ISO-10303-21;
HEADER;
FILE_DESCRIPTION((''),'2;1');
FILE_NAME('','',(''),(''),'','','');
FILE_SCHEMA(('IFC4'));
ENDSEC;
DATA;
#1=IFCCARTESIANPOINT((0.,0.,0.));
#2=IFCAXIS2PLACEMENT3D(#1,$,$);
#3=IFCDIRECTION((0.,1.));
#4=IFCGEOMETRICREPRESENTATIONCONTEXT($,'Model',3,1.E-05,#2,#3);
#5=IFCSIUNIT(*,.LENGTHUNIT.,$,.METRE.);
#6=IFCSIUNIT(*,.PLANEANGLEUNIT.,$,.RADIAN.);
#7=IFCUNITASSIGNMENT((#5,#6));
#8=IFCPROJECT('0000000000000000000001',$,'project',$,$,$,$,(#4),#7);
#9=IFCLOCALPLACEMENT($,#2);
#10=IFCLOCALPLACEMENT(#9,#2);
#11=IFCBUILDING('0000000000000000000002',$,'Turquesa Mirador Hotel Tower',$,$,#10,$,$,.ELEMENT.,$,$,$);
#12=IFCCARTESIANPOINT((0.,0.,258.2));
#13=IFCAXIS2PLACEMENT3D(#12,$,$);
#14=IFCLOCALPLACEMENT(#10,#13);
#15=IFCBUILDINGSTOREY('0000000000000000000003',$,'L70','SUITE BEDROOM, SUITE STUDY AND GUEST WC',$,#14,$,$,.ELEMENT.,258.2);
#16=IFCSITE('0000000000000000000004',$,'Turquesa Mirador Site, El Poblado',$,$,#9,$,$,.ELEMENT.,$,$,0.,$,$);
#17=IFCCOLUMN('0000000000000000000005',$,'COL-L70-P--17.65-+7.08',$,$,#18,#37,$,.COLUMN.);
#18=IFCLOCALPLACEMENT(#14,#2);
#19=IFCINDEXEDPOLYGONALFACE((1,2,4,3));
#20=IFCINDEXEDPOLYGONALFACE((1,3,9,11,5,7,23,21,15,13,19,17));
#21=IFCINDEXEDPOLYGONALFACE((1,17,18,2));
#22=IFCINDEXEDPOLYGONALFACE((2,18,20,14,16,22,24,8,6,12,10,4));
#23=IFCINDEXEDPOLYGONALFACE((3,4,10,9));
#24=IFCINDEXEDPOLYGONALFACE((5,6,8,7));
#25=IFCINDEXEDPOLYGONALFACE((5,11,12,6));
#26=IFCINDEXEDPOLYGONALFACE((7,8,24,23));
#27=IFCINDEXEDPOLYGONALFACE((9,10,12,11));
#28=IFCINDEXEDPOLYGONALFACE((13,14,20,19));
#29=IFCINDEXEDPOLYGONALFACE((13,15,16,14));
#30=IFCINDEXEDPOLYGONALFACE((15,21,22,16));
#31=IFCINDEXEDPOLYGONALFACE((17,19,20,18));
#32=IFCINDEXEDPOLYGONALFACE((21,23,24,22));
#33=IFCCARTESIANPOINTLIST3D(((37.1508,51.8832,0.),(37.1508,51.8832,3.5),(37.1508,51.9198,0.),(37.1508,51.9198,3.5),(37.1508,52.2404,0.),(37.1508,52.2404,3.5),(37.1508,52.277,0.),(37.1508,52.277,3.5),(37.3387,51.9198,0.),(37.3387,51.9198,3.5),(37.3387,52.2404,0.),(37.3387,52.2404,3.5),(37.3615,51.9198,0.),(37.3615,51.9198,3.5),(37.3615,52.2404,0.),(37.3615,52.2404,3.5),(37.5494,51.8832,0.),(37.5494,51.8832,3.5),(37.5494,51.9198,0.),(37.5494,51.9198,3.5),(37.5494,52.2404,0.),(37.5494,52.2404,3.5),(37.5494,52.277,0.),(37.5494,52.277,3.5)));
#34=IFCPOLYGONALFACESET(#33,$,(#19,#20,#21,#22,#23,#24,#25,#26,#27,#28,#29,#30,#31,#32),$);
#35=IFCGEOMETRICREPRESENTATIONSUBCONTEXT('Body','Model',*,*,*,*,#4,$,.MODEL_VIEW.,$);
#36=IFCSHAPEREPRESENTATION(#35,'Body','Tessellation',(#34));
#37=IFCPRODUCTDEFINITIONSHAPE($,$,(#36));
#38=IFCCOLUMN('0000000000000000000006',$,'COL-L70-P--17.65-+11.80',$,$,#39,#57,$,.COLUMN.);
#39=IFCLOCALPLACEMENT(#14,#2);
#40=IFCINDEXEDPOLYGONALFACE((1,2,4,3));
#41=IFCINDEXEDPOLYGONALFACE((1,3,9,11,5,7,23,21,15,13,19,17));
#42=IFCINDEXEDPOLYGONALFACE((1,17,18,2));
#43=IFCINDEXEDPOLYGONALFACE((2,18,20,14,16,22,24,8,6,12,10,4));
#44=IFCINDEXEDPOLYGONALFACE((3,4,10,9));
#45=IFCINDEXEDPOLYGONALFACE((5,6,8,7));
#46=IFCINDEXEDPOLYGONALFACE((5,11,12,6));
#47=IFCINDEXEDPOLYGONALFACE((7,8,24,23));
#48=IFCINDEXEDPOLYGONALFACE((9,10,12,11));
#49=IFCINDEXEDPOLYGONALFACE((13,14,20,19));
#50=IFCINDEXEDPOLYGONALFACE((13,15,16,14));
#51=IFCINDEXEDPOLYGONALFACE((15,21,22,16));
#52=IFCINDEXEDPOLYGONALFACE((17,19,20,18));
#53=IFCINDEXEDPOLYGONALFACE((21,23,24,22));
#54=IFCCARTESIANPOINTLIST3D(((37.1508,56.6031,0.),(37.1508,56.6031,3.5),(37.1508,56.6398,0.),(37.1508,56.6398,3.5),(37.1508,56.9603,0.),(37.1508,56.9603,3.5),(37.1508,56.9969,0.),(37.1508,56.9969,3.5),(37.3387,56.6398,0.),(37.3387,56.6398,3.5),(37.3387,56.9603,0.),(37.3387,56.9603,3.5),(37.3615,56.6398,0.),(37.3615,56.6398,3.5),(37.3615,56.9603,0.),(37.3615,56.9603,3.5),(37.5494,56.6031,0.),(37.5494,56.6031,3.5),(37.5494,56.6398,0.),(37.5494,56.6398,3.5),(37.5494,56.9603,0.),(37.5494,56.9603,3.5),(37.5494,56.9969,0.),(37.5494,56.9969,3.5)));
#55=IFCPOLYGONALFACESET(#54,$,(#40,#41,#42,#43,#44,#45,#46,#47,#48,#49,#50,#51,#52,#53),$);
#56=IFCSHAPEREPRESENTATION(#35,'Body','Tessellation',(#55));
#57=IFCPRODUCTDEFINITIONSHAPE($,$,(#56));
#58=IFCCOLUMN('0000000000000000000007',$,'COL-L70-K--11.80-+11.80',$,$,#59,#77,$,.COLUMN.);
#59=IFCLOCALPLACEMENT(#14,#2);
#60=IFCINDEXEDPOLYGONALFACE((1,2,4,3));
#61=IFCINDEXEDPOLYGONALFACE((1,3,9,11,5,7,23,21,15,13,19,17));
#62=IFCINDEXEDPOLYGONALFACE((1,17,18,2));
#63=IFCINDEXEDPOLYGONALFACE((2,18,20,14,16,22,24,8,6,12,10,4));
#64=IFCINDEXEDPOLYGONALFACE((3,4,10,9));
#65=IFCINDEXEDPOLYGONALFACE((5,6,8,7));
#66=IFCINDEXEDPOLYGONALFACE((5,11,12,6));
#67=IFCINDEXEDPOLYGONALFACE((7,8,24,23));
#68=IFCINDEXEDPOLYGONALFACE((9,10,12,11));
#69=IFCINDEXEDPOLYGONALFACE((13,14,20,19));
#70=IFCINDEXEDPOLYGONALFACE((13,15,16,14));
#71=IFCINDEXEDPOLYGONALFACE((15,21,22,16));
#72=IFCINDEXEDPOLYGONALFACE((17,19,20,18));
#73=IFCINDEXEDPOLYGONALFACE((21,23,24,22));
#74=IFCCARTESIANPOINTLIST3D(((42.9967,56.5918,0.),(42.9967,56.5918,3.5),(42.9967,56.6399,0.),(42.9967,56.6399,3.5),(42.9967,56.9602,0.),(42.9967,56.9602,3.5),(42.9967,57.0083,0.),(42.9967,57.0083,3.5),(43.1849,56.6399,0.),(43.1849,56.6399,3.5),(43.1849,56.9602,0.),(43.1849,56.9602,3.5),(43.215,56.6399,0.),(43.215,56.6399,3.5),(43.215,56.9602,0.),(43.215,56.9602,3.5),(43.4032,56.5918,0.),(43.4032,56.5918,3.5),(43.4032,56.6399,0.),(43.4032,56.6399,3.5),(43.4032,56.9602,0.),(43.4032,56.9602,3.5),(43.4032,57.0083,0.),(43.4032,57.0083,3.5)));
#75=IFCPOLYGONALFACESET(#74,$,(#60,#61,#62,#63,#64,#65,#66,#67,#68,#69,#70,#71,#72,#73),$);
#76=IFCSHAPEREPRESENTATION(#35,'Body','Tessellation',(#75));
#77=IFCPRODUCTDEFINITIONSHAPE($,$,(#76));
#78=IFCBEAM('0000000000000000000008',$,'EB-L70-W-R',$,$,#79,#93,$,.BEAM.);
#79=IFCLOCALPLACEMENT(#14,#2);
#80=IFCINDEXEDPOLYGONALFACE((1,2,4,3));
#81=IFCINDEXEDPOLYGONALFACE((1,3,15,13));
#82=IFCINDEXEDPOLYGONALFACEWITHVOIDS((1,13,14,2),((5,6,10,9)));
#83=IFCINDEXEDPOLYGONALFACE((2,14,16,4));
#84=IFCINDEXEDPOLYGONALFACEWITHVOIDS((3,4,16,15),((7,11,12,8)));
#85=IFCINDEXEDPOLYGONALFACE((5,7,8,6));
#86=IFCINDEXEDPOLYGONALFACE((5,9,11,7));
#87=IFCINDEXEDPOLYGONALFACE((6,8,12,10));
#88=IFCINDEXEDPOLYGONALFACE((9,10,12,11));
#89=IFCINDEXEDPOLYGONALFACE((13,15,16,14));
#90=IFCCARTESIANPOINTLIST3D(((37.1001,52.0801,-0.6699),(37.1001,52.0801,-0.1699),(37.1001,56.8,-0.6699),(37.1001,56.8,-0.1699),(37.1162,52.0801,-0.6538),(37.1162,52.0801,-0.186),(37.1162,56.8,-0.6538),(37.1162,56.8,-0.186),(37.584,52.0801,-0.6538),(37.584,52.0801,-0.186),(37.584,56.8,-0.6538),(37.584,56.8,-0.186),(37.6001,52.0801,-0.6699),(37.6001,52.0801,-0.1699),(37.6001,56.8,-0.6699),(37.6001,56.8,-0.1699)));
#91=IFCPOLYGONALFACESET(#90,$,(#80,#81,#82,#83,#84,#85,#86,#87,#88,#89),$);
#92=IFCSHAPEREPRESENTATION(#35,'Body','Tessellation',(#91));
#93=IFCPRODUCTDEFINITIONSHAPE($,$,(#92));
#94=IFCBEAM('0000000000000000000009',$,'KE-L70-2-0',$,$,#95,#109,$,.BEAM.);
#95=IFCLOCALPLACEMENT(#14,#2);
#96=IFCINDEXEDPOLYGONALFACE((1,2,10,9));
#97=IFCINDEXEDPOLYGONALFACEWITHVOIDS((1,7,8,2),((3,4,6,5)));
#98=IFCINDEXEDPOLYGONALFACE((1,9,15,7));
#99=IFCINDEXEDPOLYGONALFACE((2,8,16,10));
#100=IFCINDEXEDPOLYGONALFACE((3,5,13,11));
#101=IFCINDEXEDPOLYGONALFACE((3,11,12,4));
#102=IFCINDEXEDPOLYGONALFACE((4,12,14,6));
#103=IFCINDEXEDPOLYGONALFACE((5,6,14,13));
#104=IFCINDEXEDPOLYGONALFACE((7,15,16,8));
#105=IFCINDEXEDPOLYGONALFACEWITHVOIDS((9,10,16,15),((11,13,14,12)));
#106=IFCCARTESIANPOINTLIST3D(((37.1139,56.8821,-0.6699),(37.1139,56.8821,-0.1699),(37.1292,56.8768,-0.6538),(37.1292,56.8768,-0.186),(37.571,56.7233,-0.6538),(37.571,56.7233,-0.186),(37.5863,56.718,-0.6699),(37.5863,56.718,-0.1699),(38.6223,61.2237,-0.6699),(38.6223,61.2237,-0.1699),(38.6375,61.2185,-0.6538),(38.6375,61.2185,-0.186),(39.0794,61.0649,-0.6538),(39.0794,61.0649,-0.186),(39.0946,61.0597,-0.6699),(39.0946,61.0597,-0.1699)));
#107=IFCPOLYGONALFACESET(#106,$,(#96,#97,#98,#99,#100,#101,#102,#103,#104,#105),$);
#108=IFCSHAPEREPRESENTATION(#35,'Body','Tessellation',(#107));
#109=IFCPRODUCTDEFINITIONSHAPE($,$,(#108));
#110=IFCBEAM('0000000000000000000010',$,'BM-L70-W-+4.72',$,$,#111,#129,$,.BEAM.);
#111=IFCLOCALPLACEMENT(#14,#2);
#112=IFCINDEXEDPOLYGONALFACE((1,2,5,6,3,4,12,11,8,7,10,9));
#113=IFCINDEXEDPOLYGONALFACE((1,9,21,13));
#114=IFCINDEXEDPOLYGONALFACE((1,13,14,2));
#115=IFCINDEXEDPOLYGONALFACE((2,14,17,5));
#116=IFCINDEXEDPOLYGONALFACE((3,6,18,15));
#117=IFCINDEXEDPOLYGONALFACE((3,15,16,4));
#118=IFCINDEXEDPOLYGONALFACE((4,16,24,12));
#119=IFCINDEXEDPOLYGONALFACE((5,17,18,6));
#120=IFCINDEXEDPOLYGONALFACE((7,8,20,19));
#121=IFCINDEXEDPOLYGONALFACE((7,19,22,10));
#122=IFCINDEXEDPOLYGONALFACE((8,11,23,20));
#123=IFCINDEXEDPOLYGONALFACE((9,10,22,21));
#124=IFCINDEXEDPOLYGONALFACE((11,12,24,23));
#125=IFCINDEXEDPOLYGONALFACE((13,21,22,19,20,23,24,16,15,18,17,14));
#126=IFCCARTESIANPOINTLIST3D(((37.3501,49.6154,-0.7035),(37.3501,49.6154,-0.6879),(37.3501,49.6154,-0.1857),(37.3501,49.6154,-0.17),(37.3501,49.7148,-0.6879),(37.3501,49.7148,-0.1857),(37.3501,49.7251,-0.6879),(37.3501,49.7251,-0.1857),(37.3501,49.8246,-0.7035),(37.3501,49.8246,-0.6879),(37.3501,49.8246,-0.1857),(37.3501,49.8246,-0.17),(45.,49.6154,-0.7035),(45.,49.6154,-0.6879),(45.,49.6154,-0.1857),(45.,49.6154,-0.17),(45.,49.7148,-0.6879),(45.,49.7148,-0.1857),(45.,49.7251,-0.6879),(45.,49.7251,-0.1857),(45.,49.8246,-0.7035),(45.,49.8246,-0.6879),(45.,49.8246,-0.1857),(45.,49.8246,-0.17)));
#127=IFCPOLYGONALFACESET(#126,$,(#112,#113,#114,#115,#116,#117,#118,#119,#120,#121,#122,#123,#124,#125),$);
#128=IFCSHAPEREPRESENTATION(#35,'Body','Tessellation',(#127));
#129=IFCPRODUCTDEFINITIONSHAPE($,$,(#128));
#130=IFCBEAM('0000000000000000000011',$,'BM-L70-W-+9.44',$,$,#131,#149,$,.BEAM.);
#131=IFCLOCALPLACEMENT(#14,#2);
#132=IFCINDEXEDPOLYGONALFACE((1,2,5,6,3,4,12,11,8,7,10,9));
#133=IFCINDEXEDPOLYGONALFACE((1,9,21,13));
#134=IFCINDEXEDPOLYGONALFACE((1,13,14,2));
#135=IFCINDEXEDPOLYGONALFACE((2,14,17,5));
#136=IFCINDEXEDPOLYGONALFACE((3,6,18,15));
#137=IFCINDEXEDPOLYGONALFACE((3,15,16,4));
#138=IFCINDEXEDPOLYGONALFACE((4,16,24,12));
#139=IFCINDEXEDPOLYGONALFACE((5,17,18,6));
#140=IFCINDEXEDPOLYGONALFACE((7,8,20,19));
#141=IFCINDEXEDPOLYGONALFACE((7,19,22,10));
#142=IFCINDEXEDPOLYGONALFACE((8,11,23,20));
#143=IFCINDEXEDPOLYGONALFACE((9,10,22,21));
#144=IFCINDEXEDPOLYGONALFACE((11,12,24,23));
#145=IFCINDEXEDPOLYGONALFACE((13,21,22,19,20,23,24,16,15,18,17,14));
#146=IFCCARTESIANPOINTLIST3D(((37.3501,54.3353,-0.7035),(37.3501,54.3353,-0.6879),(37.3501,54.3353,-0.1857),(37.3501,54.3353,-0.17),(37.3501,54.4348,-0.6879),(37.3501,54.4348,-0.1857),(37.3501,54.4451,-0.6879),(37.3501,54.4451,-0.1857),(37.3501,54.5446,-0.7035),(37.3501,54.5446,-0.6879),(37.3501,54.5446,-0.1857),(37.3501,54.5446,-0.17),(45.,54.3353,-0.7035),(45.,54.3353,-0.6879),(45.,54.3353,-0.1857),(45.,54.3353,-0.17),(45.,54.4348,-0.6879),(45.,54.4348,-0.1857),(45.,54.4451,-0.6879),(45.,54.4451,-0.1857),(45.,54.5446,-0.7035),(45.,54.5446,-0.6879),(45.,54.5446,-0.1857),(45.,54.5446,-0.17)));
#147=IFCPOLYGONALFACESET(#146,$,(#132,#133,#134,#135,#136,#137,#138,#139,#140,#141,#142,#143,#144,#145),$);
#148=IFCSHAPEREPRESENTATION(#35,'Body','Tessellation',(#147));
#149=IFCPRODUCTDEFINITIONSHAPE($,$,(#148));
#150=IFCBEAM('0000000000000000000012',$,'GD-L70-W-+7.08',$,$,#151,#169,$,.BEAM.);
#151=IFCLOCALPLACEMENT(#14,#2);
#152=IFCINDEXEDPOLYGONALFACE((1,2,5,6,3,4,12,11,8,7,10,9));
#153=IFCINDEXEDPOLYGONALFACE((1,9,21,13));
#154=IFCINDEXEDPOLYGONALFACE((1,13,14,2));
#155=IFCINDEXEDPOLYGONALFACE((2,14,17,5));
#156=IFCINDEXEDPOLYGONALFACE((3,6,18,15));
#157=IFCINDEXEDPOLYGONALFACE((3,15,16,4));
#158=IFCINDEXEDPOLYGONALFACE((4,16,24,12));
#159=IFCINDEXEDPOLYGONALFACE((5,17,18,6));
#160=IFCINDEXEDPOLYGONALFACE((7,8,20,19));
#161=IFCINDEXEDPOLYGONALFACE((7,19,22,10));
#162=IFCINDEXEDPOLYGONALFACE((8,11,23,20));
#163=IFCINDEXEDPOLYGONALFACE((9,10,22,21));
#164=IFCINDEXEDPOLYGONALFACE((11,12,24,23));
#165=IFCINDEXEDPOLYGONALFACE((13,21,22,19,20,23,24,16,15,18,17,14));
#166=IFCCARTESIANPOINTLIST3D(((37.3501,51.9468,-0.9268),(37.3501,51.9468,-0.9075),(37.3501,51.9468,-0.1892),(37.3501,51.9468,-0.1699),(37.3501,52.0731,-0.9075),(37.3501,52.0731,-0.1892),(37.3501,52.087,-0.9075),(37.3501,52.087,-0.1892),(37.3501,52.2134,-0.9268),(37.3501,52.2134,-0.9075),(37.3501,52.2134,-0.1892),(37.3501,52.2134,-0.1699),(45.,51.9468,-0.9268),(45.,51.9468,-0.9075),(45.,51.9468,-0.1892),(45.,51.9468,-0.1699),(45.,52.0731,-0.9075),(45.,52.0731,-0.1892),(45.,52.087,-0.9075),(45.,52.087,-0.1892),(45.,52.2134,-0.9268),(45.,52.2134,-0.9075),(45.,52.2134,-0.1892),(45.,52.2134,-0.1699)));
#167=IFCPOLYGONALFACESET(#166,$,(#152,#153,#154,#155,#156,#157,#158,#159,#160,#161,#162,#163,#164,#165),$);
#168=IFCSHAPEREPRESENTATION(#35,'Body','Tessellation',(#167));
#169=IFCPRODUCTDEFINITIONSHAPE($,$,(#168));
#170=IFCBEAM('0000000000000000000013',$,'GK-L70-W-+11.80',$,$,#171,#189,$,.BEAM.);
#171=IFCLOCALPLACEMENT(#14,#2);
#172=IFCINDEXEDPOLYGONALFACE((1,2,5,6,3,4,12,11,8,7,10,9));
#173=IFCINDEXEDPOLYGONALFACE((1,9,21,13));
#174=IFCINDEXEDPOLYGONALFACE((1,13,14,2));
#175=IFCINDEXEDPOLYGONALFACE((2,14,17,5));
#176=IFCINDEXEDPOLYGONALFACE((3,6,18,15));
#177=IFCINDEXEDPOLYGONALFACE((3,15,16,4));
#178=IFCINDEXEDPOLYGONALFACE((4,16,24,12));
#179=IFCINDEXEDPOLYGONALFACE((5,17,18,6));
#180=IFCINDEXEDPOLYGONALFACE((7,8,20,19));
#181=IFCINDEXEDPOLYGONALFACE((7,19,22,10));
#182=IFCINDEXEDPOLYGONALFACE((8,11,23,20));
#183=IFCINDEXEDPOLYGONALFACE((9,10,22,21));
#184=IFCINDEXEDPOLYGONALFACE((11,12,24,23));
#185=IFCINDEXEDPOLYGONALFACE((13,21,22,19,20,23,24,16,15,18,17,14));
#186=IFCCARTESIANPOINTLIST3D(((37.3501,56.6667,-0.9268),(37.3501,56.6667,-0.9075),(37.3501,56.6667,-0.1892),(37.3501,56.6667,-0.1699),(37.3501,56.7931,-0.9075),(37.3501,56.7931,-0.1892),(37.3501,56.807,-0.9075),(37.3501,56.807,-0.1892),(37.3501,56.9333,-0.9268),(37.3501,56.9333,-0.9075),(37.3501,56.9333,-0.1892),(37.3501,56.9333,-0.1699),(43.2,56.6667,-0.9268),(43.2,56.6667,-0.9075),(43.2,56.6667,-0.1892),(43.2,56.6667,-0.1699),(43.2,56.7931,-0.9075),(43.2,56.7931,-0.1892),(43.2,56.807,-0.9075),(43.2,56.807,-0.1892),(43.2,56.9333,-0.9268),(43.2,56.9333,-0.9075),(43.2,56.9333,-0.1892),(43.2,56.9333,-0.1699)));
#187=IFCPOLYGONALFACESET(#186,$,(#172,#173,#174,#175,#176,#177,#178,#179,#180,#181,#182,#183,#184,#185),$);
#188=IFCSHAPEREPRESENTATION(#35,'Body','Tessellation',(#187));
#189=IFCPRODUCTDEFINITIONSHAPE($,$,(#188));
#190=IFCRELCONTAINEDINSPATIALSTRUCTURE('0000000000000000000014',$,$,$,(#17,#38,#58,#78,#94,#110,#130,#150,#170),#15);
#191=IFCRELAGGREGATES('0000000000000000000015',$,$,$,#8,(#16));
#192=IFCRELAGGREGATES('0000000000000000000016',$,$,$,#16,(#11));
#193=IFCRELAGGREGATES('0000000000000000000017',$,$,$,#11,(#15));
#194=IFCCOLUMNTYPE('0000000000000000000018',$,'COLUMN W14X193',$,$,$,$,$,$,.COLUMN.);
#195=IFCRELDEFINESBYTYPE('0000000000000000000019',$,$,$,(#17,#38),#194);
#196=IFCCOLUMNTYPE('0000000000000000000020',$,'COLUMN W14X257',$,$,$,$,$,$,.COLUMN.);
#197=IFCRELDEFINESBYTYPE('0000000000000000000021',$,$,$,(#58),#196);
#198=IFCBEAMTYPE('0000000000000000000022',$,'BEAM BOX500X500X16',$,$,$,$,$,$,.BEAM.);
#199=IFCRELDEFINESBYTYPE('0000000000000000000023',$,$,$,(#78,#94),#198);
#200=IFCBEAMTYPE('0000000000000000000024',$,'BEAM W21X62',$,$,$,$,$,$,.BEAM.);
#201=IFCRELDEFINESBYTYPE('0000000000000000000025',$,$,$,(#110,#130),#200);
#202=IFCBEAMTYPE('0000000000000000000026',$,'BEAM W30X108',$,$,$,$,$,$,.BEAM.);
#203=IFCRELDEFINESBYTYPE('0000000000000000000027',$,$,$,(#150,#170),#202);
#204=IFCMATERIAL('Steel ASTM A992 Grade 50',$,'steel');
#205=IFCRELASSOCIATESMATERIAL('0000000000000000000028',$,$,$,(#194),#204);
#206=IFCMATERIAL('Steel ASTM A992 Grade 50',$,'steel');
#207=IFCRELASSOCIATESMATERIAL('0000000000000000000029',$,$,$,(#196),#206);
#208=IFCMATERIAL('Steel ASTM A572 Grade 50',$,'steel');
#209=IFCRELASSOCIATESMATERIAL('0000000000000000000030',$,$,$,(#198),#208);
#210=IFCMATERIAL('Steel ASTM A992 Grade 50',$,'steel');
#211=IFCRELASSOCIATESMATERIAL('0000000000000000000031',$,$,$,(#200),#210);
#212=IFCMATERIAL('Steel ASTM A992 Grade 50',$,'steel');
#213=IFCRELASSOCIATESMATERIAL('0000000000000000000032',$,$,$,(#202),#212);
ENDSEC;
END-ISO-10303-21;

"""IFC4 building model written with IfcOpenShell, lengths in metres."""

from ifc_helpers import new_model, si_unit, direction, frame, origin, origin_2d, place, context, subcontext, project, spatial, hollow_rectangle, i_section, extrude, material, material_profile, profile_set, type_object, element, save


model = new_model("IFC4")

# Units and contexts
model_context = context("Model", 3, precision=1e-05, world=origin(), true_north=direction((0.0, 1.0)))
body_context = subcontext(model_context, "Body", "Model", "MODEL_VIEW")
ifc_project = project(units=[si_unit("LENGTHUNIT", "METRE"), si_unit("PLANEANGLEUNIT", "RADIAN")], contexts=[model_context])

# Site, building, storey
site_placement = place(None, origin())
site = spatial("IfcSite", under=ifc_project, at=site_placement, Name="Turquesa Mirador Site, El Poblado", CompositionType="ELEMENT", RefElevation=0.0)
building_placement = place(site_placement, origin())
building = spatial("IfcBuilding", under=site, at=building_placement, Name="Turquesa Mirador Hotel Tower", CompositionType="ELEMENT")
storey_placement = place(building_placement, frame((0.0, 0.0, 258.2)))
storey = spatial("IfcBuildingStorey", under=building, at=storey_placement, Name="L70", Description="SUITE BEDROOM, SUITE STUDY AND GUEST WC", CompositionType="ELEMENT", Elevation=258.2)

# Columns
ifc_material_1 = material(Name="Steel ASTM A992 Grade 50", Category="steel")
ifc_material_profile_1 = material_profile(ifc_material_1, i_section(OverallWidth=0.3987, OverallDepth=0.3938, WebThickness=0.0227, FlangeThickness=0.0366, at=origin_2d()), Name="W14X193")
ifc_profile_set_1 = profile_set([ifc_material_profile_1], Name="Steel ASTM A992 Grade 50")
column_type_1 = type_object("IfcColumnType", Name="COLUMN W14X193", PredefinedType="COLUMN", material=ifc_profile_set_1)
for number, where, z_axis, x_axis, name in (
    (1, (37.3501, 52.0801, 0.0), (0.0, 0.0, 1.0), (1.0, 0.0, 0.0), "COL-L70-P--17.65-+7.08"),
    (2, (37.3501, 56.8, 0.0), (0.0, 0.0, 1.0), (1.0, 0.0, 0.0), "COL-L70-P--17.65-+11.80"),
):
    element("IfcColumn", number, at=place(storey_placement, frame(where, z_axis=z_axis, x_axis=x_axis)), inside=storey, type_object=column_type_1, Name=name, PredefinedType="COLUMN", context=body_context, shape_type="SweptSolid", body=[
        extrude(i_section(OverallWidth=0.3987, OverallDepth=0.3938, WebThickness=0.0227, FlangeThickness=0.0366, at=origin_2d()), origin(), (0.0, 0.0, 1.0), 3.5),
    ])
ifc_material_2 = material(Name="Steel ASTM A992 Grade 50", Category="steel")
ifc_material_profile_2 = material_profile(ifc_material_2, i_section(OverallWidth=0.4065, OverallDepth=0.4165, WebThickness=0.03, FlangeThickness=0.0481, at=origin_2d()), Name="W14X257")
ifc_profile_set_2 = profile_set([ifc_material_profile_2], Name="Steel ASTM A992 Grade 50")
column_type_2 = type_object("IfcColumnType", Name="COLUMN W14X257", PredefinedType="COLUMN", material=ifc_profile_set_2)
column_placement = place(storey_placement, frame((43.2, 56.8, 0.0), z_axis=(0.0, 0.0, 1.0), x_axis=(1.0, 0.0, 0.0)))
element("IfcColumn", 3, at=column_placement, inside=storey, type_object=column_type_2, Name="COL-L70-K--11.80-+11.80", PredefinedType="COLUMN", context=body_context, shape_type="SweptSolid", body=[
    extrude(i_section(OverallWidth=0.4065, OverallDepth=0.4165, WebThickness=0.03, FlangeThickness=0.0481, at=origin_2d()), origin(), (0.0, 0.0, 1.0), 3.5),
])

# Beams
ifc_material_3 = material(Name="Steel ASTM A572 Grade 50", Category="steel")
ifc_material_profile_3 = material_profile(ifc_material_3, hollow_rectangle(XDim=0.5, YDim=0.5, WallThickness=0.0161, at=origin_2d()), Name="BOX500X500X16")
ifc_profile_set_3 = profile_set([ifc_material_profile_3], Name="Steel ASTM A572 Grade 50")
beam_type_1 = type_object("IfcBeamType", Name="BEAM BOX500X500X16", PredefinedType="BEAM", material=ifc_profile_set_3)
beam_1_placement = place(storey_placement, frame((37.3501, 52.0801, -0.4199), z_axis=(0.0, 1.0, 0.0), x_axis=(-1.0, 0.0, 0.0)))
element("IfcBeam", 4, at=beam_1_placement, inside=storey, type_object=beam_type_1, Name="EB-L70-W-R", PredefinedType="BEAM", context=body_context, shape_type="SweptSolid", body=[
    extrude(hollow_rectangle(XDim=0.5, YDim=0.5, WallThickness=0.0161, at=origin_2d()), origin(), (0.0, 0.0, 1.0), 4.72),
])
beam_2_placement = place(storey_placement, frame((37.3501, 56.8, -0.4199), z_axis=(0.32817, 0.944619, 0.0), x_axis=(-0.944619, 0.32817, 0.0)))
element("IfcBeam", 5, at=beam_2_placement, inside=storey, type_object=beam_type_1, Name="KE-L70-2-0", PredefinedType="BEAM", context=body_context, shape_type="SweptSolid", body=[
    extrude(hollow_rectangle(XDim=0.5, YDim=0.5, WallThickness=0.0161, at=origin_2d()), origin(), (0.0, 0.0, 1.0), 4.5962),
])
ifc_material_4 = material(Name="Steel ASTM A992 Grade 50", Category="steel")
ifc_material_profile_4 = material_profile(ifc_material_4, i_section(OverallWidth=0.2092, OverallDepth=0.5334, WebThickness=0.0103, FlangeThickness=0.0156, at=origin_2d()), Name="W21X62")
ifc_profile_set_4 = profile_set([ifc_material_profile_4], Name="Steel ASTM A992 Grade 50")
beam_type_2 = type_object("IfcBeamType", Name="BEAM W21X62", PredefinedType="BEAM", material=ifc_profile_set_4)
for number, where, z_axis, x_axis, name in (
    (6, (37.3501, 49.72, -0.4368), (1.0, 0.0, 0.0), (0.0, 1.0, 0.0), "BM-L70-W-+4.72"),
    (7, (37.3501, 54.4399, -0.4368), (1.0, 0.0, 0.0), (0.0, 1.0, 0.0), "BM-L70-W-+9.44"),
):
    element("IfcBeam", number, at=place(storey_placement, frame(where, z_axis=z_axis, x_axis=x_axis)), inside=storey, type_object=beam_type_2, Name=name, PredefinedType="BEAM", context=body_context, shape_type="SweptSolid", body=[
        extrude(i_section(OverallWidth=0.2092, OverallDepth=0.5334, WebThickness=0.0103, FlangeThickness=0.0156, at=origin_2d()), origin(), (0.0, 0.0, 1.0), 7.6499),
    ])
ifc_material_5 = material(Name="Steel ASTM A992 Grade 50", Category="steel")
ifc_material_profile_5 = material_profile(ifc_material_5, i_section(OverallWidth=0.2666, OverallDepth=0.7568, WebThickness=0.0139, FlangeThickness=0.0193, at=origin_2d()), Name="W30X108")
ifc_profile_set_5 = profile_set([ifc_material_profile_5], Name="Steel ASTM A992 Grade 50")
beam_type_3 = type_object("IfcBeamType", Name="BEAM W30X108", PredefinedType="BEAM", material=ifc_profile_set_5)
beam_3_placement = place(storey_placement, frame((37.3501, 52.0801, -0.5483), z_axis=(1.0, 0.0, 0.0), x_axis=(0.0, 1.0, 0.0)))
element("IfcBeam", 8, at=beam_3_placement, inside=storey, type_object=beam_type_3, Name="GD-L70-W-+7.08", PredefinedType="BEAM", context=body_context, shape_type="SweptSolid", body=[
    extrude(i_section(OverallWidth=0.2666, OverallDepth=0.7568, WebThickness=0.0139, FlangeThickness=0.0193, at=origin_2d()), origin(), (0.0, 0.0, 1.0), 7.6499),
])
beam_4_placement = place(storey_placement, frame((37.3501, 56.8, -0.5483), z_axis=(1.0, 0.0, 0.0), x_axis=(0.0, 1.0, 0.0)))
element("IfcBeam", 9, at=beam_4_placement, inside=storey, type_object=beam_type_3, Name="GK-L70-W-+11.80", PredefinedType="BEAM", context=body_context, shape_type="SweptSolid", body=[
    extrude(i_section(OverallWidth=0.2666, OverallDepth=0.7568, WebThickness=0.0139, FlangeThickness=0.0193, at=origin_2d()), origin(), (0.0, 0.0, 1.0), 5.8499),
])

save(model, "model.ifc")
